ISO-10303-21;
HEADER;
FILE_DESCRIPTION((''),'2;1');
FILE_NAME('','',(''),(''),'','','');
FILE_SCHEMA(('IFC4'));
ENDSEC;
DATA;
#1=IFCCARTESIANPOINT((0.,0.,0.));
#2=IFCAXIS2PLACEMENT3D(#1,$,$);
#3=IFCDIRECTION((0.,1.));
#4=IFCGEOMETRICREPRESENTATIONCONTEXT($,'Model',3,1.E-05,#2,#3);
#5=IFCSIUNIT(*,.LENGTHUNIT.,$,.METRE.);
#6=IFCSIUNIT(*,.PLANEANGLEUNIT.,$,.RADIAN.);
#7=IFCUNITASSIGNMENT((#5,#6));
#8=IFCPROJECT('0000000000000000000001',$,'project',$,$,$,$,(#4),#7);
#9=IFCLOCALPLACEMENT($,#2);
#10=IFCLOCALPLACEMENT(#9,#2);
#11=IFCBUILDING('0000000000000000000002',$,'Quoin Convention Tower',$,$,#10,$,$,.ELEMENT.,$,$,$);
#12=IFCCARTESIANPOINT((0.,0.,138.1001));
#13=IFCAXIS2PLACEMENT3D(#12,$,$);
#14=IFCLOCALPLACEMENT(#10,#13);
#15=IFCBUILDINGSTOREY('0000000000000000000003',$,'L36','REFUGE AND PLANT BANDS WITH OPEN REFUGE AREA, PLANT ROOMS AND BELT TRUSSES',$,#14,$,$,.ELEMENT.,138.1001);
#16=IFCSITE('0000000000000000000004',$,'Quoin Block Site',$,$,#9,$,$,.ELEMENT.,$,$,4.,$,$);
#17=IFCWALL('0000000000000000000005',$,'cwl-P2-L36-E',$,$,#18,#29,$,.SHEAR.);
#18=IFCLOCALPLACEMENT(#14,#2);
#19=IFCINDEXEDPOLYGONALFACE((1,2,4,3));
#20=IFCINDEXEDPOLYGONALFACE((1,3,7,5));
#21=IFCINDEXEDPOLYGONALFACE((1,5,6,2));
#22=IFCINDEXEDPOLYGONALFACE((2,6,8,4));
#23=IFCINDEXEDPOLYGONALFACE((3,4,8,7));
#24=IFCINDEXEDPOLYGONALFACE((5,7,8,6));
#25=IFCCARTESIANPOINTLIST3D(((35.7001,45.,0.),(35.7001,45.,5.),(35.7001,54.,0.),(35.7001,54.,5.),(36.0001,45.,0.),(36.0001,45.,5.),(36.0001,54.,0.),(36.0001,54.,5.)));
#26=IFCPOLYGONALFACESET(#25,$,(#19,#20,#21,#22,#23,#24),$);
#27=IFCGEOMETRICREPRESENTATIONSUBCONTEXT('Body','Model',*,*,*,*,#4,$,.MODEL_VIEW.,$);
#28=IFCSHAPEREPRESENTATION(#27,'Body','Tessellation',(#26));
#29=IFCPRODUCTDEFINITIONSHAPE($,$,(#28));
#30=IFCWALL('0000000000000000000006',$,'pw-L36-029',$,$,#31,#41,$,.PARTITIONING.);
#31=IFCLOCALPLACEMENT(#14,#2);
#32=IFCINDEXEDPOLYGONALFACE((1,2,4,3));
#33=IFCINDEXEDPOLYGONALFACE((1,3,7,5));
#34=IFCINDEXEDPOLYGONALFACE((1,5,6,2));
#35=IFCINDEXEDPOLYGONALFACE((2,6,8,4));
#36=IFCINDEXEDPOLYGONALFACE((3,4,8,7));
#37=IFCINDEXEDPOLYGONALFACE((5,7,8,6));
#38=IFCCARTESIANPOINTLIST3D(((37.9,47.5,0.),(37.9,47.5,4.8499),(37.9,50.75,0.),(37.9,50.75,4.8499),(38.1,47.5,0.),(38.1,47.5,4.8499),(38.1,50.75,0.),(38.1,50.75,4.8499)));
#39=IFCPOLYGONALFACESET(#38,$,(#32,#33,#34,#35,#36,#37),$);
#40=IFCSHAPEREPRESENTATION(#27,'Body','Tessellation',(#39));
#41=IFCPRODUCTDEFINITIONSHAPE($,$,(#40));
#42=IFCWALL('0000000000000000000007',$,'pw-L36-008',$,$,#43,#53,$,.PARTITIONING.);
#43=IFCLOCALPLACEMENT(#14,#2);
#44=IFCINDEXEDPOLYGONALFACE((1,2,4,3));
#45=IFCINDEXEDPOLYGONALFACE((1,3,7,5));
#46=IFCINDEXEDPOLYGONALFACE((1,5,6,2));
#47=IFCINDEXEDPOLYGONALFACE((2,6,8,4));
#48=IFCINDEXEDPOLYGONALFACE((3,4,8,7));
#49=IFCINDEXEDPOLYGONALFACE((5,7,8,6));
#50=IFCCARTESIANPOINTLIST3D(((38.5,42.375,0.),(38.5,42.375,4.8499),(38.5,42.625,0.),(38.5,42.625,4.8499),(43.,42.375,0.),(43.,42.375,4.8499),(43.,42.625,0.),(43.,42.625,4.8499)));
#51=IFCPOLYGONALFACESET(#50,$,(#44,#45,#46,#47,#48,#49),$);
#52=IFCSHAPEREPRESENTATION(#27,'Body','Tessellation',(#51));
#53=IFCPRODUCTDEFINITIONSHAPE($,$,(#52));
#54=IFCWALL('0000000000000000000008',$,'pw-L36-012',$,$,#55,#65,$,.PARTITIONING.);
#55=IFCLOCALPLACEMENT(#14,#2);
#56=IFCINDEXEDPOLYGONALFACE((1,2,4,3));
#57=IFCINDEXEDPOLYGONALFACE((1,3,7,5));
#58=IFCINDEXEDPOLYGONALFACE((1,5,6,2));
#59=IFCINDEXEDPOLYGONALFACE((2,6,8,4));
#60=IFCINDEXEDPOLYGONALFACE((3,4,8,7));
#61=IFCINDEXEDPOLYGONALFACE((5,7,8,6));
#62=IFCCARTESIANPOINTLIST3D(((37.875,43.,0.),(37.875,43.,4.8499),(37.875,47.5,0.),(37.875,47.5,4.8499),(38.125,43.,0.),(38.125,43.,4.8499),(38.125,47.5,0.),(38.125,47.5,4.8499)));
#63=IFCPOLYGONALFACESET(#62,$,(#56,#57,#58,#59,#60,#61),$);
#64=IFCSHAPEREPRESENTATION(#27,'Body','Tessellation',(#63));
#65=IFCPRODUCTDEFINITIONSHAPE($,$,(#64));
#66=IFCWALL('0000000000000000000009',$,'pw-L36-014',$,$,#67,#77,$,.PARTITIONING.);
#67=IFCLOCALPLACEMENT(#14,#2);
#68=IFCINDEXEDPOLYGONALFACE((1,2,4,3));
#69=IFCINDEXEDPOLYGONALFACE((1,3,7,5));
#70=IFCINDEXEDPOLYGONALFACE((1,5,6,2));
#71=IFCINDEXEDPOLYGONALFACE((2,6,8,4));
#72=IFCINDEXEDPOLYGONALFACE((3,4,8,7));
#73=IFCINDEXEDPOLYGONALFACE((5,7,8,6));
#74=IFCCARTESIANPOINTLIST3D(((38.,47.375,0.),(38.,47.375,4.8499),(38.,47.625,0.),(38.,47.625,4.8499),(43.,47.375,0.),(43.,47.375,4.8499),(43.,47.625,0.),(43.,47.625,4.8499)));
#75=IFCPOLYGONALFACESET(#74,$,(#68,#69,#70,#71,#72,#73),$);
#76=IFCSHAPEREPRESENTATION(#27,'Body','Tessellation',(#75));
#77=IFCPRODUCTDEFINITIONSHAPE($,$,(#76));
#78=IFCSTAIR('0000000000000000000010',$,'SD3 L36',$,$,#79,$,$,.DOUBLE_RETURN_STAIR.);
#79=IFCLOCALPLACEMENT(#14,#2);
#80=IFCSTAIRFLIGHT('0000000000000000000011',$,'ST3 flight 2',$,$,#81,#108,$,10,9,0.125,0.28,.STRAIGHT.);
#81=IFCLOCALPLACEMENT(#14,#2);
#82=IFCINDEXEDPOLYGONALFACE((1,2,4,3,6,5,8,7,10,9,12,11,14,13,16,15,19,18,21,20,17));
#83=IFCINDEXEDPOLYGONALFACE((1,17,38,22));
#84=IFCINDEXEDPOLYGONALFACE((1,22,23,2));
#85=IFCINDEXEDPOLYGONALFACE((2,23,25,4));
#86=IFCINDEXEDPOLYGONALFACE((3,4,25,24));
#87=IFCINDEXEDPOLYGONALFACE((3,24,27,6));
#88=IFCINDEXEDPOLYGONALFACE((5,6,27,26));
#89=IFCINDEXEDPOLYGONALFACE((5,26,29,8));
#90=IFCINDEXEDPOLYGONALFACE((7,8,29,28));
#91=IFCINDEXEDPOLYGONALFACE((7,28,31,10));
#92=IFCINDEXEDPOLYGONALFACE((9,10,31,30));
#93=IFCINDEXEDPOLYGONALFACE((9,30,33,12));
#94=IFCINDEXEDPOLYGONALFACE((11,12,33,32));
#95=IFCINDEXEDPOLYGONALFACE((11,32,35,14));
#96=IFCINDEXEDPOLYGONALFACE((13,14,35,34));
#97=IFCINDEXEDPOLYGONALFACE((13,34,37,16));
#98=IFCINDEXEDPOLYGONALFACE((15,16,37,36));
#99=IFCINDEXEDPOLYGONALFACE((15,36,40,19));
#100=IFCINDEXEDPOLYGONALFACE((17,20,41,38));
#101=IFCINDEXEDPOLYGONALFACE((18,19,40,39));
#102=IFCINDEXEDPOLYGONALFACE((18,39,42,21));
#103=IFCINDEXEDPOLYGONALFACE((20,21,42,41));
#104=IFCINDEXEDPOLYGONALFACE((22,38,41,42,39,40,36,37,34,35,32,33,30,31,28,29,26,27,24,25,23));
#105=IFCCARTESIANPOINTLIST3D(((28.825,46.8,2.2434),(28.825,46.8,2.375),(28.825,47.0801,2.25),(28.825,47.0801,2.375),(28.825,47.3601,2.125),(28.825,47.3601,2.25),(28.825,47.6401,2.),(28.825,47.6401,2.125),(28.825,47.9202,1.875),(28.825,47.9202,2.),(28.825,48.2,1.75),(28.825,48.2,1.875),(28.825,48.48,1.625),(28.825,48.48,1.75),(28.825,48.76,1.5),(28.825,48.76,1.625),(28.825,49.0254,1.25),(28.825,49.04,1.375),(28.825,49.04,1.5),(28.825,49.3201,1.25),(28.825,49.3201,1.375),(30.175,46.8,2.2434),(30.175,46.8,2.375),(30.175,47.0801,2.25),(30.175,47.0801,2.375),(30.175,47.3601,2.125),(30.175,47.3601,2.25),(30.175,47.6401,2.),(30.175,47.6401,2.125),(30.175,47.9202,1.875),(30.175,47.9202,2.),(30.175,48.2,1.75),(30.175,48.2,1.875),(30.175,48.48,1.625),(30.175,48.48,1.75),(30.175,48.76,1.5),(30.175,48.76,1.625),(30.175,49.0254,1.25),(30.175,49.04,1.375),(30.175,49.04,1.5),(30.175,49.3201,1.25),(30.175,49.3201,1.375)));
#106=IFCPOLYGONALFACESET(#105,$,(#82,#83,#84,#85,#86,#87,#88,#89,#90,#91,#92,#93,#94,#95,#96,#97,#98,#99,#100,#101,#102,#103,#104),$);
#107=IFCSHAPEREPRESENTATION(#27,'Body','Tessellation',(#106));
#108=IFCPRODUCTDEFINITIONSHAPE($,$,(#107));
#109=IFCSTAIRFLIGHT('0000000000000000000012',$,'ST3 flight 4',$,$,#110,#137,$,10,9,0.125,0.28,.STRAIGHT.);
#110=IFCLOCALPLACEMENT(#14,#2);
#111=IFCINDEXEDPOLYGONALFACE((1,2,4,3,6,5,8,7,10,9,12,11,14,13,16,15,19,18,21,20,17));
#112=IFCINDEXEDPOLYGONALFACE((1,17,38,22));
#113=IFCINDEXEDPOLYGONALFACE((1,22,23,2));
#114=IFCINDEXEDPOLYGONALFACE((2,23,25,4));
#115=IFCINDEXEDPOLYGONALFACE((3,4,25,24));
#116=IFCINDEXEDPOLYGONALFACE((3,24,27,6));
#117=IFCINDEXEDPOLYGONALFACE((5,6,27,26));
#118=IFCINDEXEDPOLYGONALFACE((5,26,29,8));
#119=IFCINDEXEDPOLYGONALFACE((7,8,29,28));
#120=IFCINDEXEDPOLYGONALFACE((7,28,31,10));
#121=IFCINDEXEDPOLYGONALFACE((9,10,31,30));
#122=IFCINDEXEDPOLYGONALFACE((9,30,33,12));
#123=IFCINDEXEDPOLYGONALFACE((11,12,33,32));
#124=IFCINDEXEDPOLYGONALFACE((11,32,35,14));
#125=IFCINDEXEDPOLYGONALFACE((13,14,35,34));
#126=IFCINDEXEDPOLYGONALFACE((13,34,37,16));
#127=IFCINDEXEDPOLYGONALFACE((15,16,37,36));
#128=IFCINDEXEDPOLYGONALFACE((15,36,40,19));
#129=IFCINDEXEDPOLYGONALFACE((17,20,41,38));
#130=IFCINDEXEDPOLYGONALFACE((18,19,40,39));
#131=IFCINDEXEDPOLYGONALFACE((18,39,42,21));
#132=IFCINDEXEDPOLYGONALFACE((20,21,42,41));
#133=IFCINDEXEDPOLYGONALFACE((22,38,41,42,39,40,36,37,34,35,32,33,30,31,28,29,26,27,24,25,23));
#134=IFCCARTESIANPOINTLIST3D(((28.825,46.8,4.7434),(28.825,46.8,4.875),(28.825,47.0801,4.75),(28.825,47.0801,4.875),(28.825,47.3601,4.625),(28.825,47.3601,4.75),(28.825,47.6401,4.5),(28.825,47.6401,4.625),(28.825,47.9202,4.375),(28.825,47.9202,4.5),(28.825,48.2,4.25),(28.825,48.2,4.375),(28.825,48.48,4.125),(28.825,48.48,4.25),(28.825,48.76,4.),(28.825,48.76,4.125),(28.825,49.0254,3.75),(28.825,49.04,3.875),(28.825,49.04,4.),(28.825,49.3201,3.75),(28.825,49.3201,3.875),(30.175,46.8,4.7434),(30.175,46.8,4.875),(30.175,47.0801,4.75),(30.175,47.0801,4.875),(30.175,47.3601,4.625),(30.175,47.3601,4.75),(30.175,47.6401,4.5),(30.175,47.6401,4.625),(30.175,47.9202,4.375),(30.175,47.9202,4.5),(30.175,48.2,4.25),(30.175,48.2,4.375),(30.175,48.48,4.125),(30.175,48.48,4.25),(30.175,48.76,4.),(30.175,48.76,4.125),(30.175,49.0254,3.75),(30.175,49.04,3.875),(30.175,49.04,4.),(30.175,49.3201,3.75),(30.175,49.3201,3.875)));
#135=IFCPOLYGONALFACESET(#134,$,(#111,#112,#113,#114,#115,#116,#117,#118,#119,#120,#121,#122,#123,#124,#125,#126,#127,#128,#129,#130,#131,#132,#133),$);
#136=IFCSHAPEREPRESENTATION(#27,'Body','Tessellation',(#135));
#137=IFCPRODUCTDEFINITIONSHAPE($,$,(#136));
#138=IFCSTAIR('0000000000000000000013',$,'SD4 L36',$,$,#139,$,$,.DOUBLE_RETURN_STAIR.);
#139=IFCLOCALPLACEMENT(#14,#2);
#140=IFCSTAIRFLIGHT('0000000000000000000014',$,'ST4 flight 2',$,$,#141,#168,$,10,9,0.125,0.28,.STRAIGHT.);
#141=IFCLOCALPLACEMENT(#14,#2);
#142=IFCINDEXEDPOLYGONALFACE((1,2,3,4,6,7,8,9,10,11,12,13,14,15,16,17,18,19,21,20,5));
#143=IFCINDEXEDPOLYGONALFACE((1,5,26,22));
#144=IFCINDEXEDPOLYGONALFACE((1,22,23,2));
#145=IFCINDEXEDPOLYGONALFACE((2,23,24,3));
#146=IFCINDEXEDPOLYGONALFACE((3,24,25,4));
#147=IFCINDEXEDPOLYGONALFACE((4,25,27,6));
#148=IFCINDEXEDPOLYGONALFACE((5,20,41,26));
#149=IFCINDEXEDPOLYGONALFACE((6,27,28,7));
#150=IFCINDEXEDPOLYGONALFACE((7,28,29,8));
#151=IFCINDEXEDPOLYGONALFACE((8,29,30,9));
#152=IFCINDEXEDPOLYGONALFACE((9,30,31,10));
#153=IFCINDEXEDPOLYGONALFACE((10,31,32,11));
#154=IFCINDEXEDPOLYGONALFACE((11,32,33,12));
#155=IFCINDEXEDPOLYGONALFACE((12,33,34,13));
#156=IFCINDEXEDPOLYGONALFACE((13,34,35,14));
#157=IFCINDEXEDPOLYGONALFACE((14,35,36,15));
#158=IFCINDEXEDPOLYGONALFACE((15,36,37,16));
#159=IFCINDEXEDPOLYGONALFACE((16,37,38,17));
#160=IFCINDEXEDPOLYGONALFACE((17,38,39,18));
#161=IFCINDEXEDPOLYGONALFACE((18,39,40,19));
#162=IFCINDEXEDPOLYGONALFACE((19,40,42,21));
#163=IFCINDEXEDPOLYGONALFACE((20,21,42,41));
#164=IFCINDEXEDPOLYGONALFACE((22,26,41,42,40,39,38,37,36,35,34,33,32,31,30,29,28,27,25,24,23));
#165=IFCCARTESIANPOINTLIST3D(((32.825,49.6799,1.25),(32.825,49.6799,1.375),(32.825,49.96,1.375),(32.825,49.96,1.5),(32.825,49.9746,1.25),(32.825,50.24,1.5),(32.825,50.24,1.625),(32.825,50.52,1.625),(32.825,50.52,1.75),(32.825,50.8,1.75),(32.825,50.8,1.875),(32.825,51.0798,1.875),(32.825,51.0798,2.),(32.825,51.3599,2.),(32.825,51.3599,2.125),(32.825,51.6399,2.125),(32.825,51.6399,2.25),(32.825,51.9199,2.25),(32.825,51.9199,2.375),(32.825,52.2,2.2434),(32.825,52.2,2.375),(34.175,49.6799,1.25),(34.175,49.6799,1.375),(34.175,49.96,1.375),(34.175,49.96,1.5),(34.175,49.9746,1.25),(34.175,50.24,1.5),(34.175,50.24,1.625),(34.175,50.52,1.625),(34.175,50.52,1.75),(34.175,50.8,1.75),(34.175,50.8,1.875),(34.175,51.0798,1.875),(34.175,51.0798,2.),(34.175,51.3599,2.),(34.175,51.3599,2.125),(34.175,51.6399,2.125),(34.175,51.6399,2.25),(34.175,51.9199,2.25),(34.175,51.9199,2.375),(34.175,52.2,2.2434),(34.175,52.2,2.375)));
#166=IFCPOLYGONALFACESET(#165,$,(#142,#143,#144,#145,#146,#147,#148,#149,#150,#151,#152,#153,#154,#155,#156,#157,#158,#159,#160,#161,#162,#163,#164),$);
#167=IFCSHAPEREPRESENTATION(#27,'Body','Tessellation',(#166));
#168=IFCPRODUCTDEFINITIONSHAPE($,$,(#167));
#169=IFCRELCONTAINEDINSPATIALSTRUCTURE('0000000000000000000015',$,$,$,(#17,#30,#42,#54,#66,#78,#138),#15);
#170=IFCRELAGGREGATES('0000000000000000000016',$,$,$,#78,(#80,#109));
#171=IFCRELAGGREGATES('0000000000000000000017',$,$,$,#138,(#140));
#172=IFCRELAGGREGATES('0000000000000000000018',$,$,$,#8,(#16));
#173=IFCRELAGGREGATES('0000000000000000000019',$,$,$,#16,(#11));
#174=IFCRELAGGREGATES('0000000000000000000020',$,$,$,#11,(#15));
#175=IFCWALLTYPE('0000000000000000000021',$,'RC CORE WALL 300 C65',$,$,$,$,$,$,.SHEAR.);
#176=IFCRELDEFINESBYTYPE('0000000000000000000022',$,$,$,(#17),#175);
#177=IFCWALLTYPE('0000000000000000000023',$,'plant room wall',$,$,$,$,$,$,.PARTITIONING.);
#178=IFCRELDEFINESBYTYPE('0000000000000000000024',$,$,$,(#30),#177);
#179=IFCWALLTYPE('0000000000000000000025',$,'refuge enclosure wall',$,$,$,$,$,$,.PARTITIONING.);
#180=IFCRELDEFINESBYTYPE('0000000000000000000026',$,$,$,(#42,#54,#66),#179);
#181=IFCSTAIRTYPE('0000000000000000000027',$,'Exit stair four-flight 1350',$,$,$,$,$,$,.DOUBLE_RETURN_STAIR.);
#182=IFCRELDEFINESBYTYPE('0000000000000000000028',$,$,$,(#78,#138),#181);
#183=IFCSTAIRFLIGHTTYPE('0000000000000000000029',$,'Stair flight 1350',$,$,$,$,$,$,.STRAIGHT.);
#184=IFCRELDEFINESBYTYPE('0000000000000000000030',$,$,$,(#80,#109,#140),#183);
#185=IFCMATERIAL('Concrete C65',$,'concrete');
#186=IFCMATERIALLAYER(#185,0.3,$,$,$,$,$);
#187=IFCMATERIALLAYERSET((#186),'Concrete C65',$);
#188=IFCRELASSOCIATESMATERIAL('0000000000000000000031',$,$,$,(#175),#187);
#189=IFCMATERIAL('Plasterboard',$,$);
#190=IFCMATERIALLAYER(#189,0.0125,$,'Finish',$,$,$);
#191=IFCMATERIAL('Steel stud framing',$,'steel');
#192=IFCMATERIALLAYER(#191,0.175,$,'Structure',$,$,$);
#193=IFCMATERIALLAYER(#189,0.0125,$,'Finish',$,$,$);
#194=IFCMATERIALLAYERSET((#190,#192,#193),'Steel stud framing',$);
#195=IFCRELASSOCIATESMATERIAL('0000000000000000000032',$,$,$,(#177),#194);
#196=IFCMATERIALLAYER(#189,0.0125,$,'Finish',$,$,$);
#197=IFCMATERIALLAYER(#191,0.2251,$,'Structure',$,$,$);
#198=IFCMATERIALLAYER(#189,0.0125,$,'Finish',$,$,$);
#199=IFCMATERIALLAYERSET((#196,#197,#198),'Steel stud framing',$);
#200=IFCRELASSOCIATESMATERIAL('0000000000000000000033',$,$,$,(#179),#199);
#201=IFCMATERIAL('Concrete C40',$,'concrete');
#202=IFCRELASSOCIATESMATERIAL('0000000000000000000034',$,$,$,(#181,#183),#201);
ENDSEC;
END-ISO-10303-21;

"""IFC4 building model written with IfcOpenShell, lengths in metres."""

from ifc_helpers import new_model, si_unit, direction, frame, frame_2d, origin, place, context, subcontext, project, spatial, polyline, rectangle, outline, extrude, material, layer, layer_set, type_object, element, aggregate, save


model = new_model("IFC4")

# Units and contexts
model_context = context("Model", 3, precision=1e-05, world=origin(), true_north=direction((0.0, 1.0)))
body_context = subcontext(model_context, "Body", "Model", "MODEL_VIEW")
ifc_project = project(units=[si_unit("LENGTHUNIT", "METRE"), si_unit("PLANEANGLEUNIT", "RADIAN")], contexts=[model_context])

# Site, building, storey
site_placement = place(None, origin())
site = spatial("IfcSite", under=ifc_project, at=site_placement, Name="Quoin Block Site", CompositionType="ELEMENT", RefElevation=4.0)
building_placement = place(site_placement, origin())
building = spatial("IfcBuilding", under=site, at=building_placement, Name="Quoin Convention Tower", CompositionType="ELEMENT")
storey_placement = place(building_placement, frame((0.0, 0.0, 138.1001)))
storey = spatial("IfcBuildingStorey", under=building, at=storey_placement, Name="L36", Description="REFUGE AND PLANT BANDS WITH OPEN REFUGE AREA, PLANT ROOMS AND BELT TRUSSES", CompositionType="ELEMENT", Elevation=138.1001)

# Shared definitions
ifc_material_1 = material(Name="Concrete C65", Category="concrete")

# Walls
ifc_layer_1 = layer(ifc_material_1, 0.3)
ifc_layer_set_1 = layer_set([ifc_layer_1], Name="Concrete C65")
wall_type_1 = type_object("IfcWallType", Name="RC CORE WALL 300 C65", PredefinedType="SHEAR", material=ifc_layer_set_1)
wall_1_placement = place(storey_placement, frame((35.8501, 45.0, 0.0), z_axis=(0.0, 0.0, 1.0), x_axis=(0.0, 1.0, 0.0)))
element("IfcWall", 1, at=wall_1_placement, inside=storey, type_object=wall_type_1, Name="cwl-P2-L36-E", PredefinedType="SHEAR", context=body_context, shape_type="SweptSolid", body=[
    extrude(rectangle(XDim=9.0, YDim=0.3, at=frame_2d((4.5, 0.0))), origin(), (0.0, 0.0, 1.0), 5.0),
])
ifc_material_2 = material(Name="Plasterboard")
ifc_layer_2 = layer(ifc_material_2, 0.0125, Name="Finish")
ifc_material_3 = material(Name="Steel stud framing", Category="steel")
ifc_layer_3 = layer(ifc_material_3, 0.175, Name="Structure")
ifc_layer_4 = layer(ifc_material_2, 0.0125, Name="Finish")
ifc_layer_set_2 = layer_set([ifc_layer_2, ifc_layer_3, ifc_layer_4], Name="Steel stud framing")
wall_type_2 = type_object("IfcWallType", Name="plant room wall", PredefinedType="PARTITIONING", material=ifc_layer_set_2)
wall_2_placement = place(storey_placement, frame((38.0, 47.5, 0.0), z_axis=(0.0, 0.0, 1.0), x_axis=(0.0, 1.0, 0.0)))
element("IfcWall", 2, at=wall_2_placement, inside=storey, type_object=wall_type_2, Name="pw-L36-029", PredefinedType="PARTITIONING", context=body_context, shape_type="SweptSolid", body=[
    extrude(rectangle(XDim=3.25, YDim=0.2, at=frame_2d((1.625, 0.0))), origin(), (0.0, 0.0, 1.0), 4.8499),
])
ifc_layer_5 = layer(ifc_material_2, 0.0125, Name="Finish")
ifc_layer_6 = layer(ifc_material_3, 0.2251, Name="Structure")
ifc_layer_7 = layer(ifc_material_2, 0.0125, Name="Finish")
ifc_layer_set_3 = layer_set([ifc_layer_5, ifc_layer_6, ifc_layer_7], Name="Steel stud framing")
wall_type_3 = type_object("IfcWallType", Name="refuge enclosure wall", PredefinedType="PARTITIONING", material=ifc_layer_set_3)
for number, where, z_axis, x_axis, name in (
    (3, (38.5, 42.5, 0.0), (0.0, 0.0, 1.0), (1.0, 0.0, 0.0), "pw-L36-008"),
    (4, (38.0, 43.0, 0.0), (0.0, 0.0, 1.0), (0.0, 1.0, 0.0), "pw-L36-012"),
):
    element("IfcWall", number, at=place(storey_placement, frame(where, z_axis=z_axis, x_axis=x_axis)), inside=storey, type_object=wall_type_3, Name=name, PredefinedType="PARTITIONING", context=body_context, shape_type="SweptSolid", body=[
        extrude(rectangle(XDim=4.5, YDim=0.25, at=frame_2d((2.25, 0.0))), origin(), (0.0, 0.0, 1.0), 4.8499),
    ])
wall_3_placement = place(storey_placement, frame((38.0, 47.5, 0.0), z_axis=(0.0, 0.0, 1.0), x_axis=(1.0, 0.0, 0.0)))
element("IfcWall", 5, at=wall_3_placement, inside=storey, type_object=wall_type_3, Name="pw-L36-014", PredefinedType="PARTITIONING", context=body_context, shape_type="SweptSolid", body=[
    extrude(rectangle(XDim=5.0, YDim=0.25, at=frame_2d((2.5, 0.0))), origin(), (0.0, 0.0, 1.0), 4.8499),
])

# Stairs, stair flights
ifc_material_4 = material(Name="Concrete C40", Category="concrete")
stair_type = type_object("IfcStairType", Name="Exit stair four-flight 1350", PredefinedType="DOUBLE_RETURN_STAIR", material=ifc_material_4)
stair_1_placement = place(storey_placement, origin())
stair_1 = element("IfcStair", 6, at=stair_1_placement, inside=storey, type_object=stair_type, Name="SD3 L36", PredefinedType="DOUBLE_RETURN_STAIR")
stair_flight_type = type_object("IfcStairFlightType", Name="Stair flight 1350", PredefinedType="STRAIGHT", material=ifc_material_4)
stair_flight_1_placement = place(storey_placement, frame((29.5, 49.3201, 1.25), z_axis=(0.0, 0.0, 1.0), x_axis=(0.0, -1.0, 0.0)))
stair_flight_1 = element("IfcStairFlight", 7, at=stair_flight_1_placement, type_object=stair_flight_type, Name="ST3 flight 2", NumberOfRisers=10, NumberOfTreads=9, PredefinedType="STRAIGHT", RiserHeight=0.125, TreadLength=0.28, context=body_context, shape_type="SweptSolid", body=[
    extrude(outline(polyline([(0.0, 0.0), (0.0, 0.125), (0.28, 0.125), (0.28, 0.25), (0.5601, 0.25), (0.5601, 0.375), (0.8401, 0.375), (0.8401, 0.5), (1.1201, 0.5), (1.1201, 0.625), (1.3999, 0.625), (1.3999, 0.75), (1.6799, 0.75), (1.6799, 0.875), (1.96, 0.875), (1.96, 1.0), (2.24, 1.0), (2.24, 1.125), (2.52, 1.125), (2.52, 1.25), (2.52, 0.9934), (0.2947, 0.0), (0.0, 0.0)])), frame((0.0, 0.675, 0.0), z_axis=(0.0, -1.0, 0.0), x_axis=(1.0, 0.0, 0.0)), (0.0, 0.0, 1.0), 1.3501),
])
stair_flight_2_placement = place(storey_placement, frame((29.5, 49.3201, 3.75), z_axis=(0.0, 0.0, 1.0), x_axis=(0.0, -1.0, 0.0)))
stair_flight_2 = element("IfcStairFlight", 8, at=stair_flight_2_placement, type_object=stair_flight_type, Name="ST3 flight 4", NumberOfRisers=10, NumberOfTreads=9, PredefinedType="STRAIGHT", RiserHeight=0.125, TreadLength=0.28, context=body_context, shape_type="SweptSolid", body=[
    extrude(outline(polyline([(0.0, 0.0), (0.0, 0.125), (0.28, 0.125), (0.28, 0.25), (0.5601, 0.25), (0.5601, 0.375), (0.8401, 0.375), (0.8401, 0.5), (1.1201, 0.5), (1.1201, 0.625), (1.3999, 0.625), (1.3999, 0.75), (1.6799, 0.75), (1.6799, 0.875), (1.96, 0.875), (1.96, 1.0), (2.24, 1.0), (2.24, 1.125), (2.52, 1.125), (2.52, 1.25), (2.52, 0.9934), (0.2947, 0.0), (0.0, 0.0)])), frame((0.0, 0.675, 0.0), z_axis=(0.0, -1.0, 0.0), x_axis=(1.0, 0.0, 0.0)), (0.0, 0.0, 1.0), 1.3501),
])
aggregate(stair_1, [stair_flight_1, stair_flight_2])
stair_2_placement = place(storey_placement, origin())
stair_2 = element("IfcStair", 9, at=stair_2_placement, inside=storey, type_object=stair_type, Name="SD4 L36", PredefinedType="DOUBLE_RETURN_STAIR")
stair_flight_3_placement = place(storey_placement, frame((33.5, 49.6799, 1.25), z_axis=(0.0, 0.0, 1.0), x_axis=(0.0, 1.0, 0.0)))
stair_flight_3 = element("IfcStairFlight", 10, at=stair_flight_3_placement, type_object=stair_flight_type, Name="ST4 flight 2", NumberOfRisers=10, NumberOfTreads=9, PredefinedType="STRAIGHT", RiserHeight=0.125, TreadLength=0.28, context=body_context, shape_type="SweptSolid", body=[
    extrude(outline(polyline([(0.0, 0.0), (0.0, 0.125), (0.28, 0.125), (0.28, 0.25), (0.5601, 0.25), (0.5601, 0.375), (0.8401, 0.375), (0.8401, 0.5), (1.1201, 0.5), (1.1201, 0.625), (1.3999, 0.625), (1.3999, 0.75), (1.6799, 0.75), (1.6799, 0.875), (1.96, 0.875), (1.96, 1.0), (2.24, 1.0), (2.24, 1.125), (2.52, 1.125), (2.52, 1.25), (2.52, 0.9934), (0.2947, 0.0), (0.0, 0.0)])), frame((0.0, 0.675, 0.0), z_axis=(0.0, -1.0, 0.0), x_axis=(1.0, 0.0, 0.0)), (0.0, 0.0, 1.0), 1.3501),
])
aggregate(stair_2, [stair_flight_3])

save(model, "model.ifc")
